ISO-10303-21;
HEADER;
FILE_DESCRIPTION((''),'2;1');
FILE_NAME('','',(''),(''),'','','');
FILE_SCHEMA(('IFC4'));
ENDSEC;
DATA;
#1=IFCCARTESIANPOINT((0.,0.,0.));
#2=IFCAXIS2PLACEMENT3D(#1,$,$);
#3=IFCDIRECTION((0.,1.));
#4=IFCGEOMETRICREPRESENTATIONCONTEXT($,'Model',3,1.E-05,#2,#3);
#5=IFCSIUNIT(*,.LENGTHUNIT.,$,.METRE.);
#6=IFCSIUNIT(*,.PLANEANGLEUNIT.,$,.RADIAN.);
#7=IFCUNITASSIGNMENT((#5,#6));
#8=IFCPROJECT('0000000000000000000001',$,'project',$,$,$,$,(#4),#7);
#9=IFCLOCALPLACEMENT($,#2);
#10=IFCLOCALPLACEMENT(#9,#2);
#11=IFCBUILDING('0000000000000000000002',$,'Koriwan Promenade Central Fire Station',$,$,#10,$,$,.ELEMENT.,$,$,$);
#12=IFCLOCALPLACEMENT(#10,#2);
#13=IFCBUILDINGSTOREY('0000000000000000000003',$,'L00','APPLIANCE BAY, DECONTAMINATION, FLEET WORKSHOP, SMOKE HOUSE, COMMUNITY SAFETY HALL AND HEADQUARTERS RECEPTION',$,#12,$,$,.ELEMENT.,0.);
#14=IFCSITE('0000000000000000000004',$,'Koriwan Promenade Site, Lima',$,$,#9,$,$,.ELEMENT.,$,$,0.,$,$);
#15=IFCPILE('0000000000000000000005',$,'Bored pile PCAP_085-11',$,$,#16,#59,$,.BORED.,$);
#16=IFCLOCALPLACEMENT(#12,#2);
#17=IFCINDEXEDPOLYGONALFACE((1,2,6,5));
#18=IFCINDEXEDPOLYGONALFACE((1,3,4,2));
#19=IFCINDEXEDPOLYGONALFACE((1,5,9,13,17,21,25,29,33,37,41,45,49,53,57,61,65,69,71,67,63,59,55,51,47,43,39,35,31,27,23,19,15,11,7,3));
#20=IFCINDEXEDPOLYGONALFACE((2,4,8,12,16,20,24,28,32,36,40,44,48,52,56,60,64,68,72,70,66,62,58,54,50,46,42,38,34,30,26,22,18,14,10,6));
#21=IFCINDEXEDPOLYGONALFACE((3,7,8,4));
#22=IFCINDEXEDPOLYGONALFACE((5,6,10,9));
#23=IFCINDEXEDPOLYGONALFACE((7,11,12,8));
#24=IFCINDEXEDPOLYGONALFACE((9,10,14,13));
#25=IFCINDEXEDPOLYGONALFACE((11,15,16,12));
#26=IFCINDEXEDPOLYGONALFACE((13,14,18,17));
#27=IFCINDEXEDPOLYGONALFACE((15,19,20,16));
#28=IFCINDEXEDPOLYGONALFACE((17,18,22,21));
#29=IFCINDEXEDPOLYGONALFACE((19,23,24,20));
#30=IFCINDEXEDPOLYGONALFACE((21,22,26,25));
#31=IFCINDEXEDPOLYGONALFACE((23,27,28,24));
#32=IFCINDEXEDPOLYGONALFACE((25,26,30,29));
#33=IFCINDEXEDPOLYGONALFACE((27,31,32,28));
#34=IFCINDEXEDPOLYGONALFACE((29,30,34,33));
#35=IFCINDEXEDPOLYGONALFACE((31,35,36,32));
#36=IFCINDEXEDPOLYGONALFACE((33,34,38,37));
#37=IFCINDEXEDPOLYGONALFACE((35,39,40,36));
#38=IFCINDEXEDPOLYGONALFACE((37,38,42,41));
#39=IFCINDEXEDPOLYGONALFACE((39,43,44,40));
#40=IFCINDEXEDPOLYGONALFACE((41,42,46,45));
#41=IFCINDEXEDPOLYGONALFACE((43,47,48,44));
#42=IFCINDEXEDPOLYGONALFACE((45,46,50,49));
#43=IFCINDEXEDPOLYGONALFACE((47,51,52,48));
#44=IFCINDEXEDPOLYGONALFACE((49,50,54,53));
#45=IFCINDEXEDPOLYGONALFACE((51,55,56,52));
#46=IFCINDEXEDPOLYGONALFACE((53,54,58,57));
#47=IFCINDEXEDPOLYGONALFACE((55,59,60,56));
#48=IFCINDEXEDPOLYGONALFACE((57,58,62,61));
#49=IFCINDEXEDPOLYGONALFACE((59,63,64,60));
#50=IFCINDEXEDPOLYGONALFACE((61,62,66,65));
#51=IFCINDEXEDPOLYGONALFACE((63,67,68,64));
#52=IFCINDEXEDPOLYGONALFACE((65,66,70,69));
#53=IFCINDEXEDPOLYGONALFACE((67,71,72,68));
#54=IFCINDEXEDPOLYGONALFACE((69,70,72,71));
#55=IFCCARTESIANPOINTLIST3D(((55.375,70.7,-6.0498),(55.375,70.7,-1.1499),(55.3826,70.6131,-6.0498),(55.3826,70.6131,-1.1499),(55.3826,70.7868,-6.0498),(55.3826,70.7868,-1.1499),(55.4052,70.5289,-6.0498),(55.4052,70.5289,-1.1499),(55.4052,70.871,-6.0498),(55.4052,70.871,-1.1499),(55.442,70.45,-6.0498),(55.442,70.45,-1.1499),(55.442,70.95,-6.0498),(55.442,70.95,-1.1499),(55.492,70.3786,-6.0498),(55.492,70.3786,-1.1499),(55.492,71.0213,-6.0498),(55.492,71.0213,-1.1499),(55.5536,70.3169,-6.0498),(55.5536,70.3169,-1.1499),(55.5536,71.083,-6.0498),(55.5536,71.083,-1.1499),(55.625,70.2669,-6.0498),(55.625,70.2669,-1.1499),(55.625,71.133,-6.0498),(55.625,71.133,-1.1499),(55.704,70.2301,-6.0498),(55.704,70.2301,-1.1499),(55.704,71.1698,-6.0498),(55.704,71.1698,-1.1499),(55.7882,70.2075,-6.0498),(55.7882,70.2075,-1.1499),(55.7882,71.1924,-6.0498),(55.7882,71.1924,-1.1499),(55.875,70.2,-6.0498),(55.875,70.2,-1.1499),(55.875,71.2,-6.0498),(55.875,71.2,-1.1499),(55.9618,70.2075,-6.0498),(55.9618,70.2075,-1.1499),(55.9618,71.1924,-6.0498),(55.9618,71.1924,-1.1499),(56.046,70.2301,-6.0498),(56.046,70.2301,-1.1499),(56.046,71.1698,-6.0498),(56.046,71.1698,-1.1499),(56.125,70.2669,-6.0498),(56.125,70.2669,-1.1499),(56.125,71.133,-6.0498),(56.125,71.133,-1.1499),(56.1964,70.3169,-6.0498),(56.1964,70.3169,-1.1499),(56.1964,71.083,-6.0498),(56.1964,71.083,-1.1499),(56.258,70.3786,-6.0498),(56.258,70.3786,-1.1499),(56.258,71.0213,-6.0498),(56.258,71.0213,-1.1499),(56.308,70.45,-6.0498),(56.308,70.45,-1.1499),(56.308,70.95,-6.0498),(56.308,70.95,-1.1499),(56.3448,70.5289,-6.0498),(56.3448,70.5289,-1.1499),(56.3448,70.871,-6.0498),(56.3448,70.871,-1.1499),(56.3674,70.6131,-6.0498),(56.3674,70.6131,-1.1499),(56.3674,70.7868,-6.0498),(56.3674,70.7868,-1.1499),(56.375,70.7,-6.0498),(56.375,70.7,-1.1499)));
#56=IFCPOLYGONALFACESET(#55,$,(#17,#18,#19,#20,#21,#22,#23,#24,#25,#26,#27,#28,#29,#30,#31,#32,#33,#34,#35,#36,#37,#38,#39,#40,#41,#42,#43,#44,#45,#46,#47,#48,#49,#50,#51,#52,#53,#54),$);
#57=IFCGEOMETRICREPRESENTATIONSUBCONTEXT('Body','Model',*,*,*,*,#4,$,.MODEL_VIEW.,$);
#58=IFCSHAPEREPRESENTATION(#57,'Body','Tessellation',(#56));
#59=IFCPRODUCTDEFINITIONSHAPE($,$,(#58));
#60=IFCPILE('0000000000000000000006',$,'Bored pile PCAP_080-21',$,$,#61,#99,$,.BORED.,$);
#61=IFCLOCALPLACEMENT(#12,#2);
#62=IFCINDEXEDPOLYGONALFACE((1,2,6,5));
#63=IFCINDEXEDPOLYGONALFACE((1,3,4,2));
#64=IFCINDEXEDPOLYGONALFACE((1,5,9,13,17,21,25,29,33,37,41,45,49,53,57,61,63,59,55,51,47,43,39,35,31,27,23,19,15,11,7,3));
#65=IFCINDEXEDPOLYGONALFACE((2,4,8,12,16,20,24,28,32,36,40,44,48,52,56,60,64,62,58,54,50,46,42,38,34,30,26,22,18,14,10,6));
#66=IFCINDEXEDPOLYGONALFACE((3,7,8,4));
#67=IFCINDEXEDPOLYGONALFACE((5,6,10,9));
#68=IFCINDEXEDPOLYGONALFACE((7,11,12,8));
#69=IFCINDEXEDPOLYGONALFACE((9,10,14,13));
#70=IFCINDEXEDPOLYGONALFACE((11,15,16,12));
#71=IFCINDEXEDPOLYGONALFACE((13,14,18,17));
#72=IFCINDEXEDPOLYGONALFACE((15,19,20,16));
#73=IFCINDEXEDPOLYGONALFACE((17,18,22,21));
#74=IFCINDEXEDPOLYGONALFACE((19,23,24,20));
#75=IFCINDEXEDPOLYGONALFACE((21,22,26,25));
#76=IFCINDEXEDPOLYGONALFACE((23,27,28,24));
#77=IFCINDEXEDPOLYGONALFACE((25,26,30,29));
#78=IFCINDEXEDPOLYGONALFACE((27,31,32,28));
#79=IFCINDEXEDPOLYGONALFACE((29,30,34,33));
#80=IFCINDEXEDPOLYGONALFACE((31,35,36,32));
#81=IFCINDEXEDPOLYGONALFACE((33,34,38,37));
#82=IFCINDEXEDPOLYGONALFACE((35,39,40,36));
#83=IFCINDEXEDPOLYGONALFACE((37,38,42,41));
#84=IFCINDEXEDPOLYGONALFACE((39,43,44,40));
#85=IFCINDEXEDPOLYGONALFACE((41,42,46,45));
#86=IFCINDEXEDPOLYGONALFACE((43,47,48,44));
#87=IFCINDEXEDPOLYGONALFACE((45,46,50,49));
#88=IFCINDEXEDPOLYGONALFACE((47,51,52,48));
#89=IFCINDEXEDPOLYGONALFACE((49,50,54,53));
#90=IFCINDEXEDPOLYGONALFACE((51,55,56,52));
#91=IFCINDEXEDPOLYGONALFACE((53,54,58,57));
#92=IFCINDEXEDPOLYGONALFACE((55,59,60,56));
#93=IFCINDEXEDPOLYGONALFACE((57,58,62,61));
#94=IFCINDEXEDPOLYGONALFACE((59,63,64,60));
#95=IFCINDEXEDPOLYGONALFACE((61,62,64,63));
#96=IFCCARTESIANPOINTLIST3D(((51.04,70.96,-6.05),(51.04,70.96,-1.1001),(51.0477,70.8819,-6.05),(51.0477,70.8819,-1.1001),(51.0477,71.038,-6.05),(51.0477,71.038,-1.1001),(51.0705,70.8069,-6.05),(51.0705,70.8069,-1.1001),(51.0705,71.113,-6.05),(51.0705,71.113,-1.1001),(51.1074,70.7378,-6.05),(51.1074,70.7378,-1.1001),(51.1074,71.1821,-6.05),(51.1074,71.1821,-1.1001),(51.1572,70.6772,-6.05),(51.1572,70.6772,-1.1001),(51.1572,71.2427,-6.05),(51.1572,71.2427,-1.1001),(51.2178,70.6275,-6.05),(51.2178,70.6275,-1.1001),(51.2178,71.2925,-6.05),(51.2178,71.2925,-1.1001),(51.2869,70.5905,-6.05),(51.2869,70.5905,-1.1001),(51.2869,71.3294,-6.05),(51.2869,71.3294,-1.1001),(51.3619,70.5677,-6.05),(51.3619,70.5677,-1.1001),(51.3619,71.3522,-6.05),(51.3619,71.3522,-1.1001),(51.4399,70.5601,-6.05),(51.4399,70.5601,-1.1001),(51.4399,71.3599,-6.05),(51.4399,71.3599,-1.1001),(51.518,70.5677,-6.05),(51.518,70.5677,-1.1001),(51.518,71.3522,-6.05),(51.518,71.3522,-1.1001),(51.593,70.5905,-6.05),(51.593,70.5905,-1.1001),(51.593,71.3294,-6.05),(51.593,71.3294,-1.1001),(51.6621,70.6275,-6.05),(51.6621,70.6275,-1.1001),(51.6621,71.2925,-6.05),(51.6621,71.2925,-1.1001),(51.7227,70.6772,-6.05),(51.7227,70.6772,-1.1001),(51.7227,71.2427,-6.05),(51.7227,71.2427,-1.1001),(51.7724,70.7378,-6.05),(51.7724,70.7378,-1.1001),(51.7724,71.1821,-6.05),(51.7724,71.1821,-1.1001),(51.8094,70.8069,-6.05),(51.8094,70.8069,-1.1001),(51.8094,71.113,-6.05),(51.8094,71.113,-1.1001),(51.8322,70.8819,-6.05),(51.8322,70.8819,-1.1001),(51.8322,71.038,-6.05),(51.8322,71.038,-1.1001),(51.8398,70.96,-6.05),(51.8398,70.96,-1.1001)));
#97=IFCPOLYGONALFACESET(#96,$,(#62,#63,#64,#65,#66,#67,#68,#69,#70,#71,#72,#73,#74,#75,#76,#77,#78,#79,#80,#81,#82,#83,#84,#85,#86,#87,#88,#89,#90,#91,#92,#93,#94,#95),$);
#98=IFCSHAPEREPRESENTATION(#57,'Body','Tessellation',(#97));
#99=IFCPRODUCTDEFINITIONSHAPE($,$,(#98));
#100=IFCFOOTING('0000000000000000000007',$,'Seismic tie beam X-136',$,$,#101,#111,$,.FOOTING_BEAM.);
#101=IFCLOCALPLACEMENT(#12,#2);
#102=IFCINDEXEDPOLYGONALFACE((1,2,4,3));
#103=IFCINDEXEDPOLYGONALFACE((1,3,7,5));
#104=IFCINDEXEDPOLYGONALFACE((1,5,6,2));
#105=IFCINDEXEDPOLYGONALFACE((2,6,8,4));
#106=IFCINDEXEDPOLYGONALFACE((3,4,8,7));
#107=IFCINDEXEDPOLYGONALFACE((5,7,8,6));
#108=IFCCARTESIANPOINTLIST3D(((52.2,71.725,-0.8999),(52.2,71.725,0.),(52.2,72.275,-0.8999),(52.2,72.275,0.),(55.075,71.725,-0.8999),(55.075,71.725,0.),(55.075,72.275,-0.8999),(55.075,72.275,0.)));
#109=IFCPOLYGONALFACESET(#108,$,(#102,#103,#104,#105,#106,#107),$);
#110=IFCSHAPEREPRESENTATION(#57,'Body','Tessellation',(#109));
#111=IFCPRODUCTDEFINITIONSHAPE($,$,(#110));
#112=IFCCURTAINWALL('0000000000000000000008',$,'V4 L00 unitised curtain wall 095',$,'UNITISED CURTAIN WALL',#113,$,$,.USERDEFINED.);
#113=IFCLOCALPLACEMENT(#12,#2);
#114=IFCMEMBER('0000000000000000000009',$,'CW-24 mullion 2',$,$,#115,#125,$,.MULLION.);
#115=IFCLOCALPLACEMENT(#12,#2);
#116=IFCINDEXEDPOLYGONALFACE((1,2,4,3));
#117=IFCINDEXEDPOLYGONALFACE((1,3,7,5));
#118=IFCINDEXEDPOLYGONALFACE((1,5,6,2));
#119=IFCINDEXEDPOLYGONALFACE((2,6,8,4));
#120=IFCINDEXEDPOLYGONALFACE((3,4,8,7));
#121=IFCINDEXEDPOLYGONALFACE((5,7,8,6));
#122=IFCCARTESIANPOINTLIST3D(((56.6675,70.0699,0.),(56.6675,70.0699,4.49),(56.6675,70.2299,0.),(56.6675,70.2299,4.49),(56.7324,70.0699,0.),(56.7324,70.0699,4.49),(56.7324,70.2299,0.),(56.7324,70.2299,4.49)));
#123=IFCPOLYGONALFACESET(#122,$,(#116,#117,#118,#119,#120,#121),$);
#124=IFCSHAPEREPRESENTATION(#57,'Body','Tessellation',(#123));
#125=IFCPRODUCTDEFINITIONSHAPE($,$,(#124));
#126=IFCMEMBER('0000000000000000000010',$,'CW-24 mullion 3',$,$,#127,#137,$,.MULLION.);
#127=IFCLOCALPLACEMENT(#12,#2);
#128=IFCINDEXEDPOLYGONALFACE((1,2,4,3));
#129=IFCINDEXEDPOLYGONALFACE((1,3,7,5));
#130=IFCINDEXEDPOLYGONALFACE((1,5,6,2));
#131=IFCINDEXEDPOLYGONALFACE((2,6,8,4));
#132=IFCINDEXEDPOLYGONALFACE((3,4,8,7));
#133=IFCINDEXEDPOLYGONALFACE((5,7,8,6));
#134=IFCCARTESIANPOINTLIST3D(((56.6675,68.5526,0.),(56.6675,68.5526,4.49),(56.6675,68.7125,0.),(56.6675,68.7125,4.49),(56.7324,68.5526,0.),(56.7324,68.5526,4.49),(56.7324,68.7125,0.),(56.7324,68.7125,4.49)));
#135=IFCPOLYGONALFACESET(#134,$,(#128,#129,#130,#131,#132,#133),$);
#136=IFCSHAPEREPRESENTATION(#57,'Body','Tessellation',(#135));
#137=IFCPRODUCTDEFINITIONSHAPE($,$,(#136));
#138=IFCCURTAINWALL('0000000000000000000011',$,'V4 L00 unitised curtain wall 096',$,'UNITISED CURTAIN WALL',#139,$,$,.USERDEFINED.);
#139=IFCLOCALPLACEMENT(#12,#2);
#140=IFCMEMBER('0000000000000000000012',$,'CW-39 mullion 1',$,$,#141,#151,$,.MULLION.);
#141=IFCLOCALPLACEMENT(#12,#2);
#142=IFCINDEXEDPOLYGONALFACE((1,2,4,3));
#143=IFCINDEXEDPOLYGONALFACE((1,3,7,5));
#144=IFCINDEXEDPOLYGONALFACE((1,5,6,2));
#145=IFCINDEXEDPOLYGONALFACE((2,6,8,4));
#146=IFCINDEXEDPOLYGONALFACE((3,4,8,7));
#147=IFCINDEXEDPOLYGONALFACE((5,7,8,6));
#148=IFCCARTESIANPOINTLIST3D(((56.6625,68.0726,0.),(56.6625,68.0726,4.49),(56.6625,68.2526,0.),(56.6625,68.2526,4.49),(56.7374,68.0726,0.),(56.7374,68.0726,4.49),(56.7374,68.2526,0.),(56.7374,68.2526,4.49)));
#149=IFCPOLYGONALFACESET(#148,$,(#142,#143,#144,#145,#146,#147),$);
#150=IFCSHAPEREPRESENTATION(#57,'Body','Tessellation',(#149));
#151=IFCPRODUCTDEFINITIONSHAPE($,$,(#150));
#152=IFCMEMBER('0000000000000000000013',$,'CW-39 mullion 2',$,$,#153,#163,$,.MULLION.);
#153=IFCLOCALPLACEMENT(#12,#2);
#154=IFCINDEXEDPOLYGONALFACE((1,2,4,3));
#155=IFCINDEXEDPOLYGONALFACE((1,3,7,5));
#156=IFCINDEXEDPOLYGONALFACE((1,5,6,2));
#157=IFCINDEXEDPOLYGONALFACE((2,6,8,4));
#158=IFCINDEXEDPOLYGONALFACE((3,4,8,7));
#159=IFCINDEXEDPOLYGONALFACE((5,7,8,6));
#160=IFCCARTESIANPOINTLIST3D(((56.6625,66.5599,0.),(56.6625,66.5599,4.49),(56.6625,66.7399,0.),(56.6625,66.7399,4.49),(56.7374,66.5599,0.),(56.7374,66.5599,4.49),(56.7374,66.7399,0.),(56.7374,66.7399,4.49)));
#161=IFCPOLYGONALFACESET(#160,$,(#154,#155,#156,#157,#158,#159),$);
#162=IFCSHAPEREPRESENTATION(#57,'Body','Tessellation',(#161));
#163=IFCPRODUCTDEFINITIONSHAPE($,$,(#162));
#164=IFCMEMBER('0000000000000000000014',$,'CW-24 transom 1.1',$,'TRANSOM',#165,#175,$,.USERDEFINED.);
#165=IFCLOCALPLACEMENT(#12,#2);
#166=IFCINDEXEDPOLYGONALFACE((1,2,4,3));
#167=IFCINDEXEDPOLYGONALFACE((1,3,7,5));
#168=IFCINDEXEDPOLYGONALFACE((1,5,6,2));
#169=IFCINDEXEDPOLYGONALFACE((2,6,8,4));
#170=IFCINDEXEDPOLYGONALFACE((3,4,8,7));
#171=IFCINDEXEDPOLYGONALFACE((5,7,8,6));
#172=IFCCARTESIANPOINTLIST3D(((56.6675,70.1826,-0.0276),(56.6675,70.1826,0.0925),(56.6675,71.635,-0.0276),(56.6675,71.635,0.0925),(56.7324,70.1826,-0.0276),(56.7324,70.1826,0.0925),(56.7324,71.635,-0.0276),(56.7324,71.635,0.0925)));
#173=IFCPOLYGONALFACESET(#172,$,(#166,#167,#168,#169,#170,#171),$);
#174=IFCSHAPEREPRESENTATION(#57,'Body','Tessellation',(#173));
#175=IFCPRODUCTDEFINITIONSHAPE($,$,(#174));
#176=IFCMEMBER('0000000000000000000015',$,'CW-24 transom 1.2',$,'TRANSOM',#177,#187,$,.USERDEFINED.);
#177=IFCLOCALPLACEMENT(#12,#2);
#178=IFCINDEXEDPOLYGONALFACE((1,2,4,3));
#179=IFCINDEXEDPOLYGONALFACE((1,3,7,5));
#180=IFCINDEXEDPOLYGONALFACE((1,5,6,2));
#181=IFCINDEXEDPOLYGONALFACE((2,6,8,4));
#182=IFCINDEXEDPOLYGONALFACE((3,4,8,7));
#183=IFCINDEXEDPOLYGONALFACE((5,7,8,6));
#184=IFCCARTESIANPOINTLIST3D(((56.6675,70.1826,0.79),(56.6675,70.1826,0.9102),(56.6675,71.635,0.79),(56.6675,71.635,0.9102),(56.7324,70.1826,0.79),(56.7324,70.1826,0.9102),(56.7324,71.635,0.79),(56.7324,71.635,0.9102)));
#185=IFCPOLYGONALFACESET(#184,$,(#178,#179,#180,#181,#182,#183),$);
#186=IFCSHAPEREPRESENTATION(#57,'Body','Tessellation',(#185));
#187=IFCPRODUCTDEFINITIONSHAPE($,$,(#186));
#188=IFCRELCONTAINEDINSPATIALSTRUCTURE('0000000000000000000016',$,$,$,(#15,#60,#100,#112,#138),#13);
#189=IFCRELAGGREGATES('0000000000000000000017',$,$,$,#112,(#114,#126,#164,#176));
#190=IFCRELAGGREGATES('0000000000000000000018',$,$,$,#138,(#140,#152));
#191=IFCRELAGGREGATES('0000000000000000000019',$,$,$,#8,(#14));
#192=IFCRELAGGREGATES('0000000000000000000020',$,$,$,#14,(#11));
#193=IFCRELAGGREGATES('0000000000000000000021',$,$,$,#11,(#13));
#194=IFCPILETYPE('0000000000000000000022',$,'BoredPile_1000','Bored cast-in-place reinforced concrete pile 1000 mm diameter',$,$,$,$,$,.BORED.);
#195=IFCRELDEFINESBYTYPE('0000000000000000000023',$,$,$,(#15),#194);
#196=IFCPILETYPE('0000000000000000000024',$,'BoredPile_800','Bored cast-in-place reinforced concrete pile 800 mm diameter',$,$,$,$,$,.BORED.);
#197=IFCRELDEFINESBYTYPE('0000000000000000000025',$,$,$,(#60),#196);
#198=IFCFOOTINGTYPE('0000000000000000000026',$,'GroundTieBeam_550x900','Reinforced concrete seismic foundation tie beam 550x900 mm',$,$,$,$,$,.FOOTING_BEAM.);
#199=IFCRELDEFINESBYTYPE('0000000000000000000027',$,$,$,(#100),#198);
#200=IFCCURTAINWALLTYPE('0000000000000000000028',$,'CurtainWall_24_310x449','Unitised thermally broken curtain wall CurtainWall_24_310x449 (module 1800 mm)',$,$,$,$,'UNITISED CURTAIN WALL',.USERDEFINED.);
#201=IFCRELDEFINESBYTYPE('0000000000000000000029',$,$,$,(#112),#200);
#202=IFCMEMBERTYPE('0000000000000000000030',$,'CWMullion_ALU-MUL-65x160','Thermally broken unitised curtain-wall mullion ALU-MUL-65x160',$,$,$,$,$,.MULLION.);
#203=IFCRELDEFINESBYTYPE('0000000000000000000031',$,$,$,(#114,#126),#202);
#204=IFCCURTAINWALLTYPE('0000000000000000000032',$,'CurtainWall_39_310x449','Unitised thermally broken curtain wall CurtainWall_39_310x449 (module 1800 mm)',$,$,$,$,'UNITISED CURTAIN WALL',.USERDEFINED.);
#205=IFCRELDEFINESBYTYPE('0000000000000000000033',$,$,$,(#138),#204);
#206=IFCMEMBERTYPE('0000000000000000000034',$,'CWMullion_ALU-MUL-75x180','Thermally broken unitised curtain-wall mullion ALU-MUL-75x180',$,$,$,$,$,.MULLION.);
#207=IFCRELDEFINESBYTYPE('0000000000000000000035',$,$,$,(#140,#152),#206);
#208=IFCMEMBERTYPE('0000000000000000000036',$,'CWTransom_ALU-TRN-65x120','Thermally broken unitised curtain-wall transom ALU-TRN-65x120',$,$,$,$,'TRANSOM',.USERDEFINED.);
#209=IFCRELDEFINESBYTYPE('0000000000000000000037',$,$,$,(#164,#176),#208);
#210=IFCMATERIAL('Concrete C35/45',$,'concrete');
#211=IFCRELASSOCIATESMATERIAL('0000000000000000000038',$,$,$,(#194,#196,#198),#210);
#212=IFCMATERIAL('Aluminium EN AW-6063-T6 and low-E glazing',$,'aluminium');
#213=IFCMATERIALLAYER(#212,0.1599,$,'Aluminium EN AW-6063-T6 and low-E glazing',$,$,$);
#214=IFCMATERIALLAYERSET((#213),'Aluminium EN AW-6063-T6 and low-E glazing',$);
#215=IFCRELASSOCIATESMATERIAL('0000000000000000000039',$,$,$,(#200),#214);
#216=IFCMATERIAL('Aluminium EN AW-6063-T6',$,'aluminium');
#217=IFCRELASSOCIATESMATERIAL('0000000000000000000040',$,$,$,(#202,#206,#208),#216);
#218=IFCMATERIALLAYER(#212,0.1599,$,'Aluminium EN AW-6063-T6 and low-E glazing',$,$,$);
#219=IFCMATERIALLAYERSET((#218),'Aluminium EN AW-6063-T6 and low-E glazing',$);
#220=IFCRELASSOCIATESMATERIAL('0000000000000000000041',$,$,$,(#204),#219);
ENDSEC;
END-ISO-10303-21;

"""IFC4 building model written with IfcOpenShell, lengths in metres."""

from ifc_helpers import new_model, si_unit, direction, frame, origin, origin_2d, place, context, subcontext, project, spatial, rectangle, circle, extrude, material, layer, layer_set, material_profile, profile_set, type_object, element, aggregate, save


model = new_model("IFC4")

# Units and contexts
model_context = context("Model", 3, precision=1e-05, world=origin(), true_north=direction((0.0, 1.0)))
body_context = subcontext(model_context, "Body", "Model", "MODEL_VIEW")
ifc_project = project(units=[si_unit("LENGTHUNIT", "METRE"), si_unit("PLANEANGLEUNIT", "RADIAN")], contexts=[model_context])

# Site, building, storey
site_placement = place(None, origin())
site = spatial("IfcSite", under=ifc_project, at=site_placement, Name="Koriwan Promenade Site, Lima", CompositionType="ELEMENT", RefElevation=0.0)
building_placement = place(site_placement, origin())
building = spatial("IfcBuilding", under=site, at=building_placement, Name="Koriwan Promenade Central Fire Station", CompositionType="ELEMENT")
storey_placement = place(building_placement, origin())
storey = spatial("IfcBuildingStorey", under=building, at=storey_placement, Name="L00", Description="APPLIANCE BAY, DECONTAMINATION, FLEET WORKSHOP, SMOKE HOUSE, COMMUNITY SAFETY HALL AND HEADQUARTERS RECEPTION", CompositionType="ELEMENT", Elevation=0.0)

# Piles
ifc_material_1 = material(Name="Concrete C35/45", Category="concrete")
ifc_material_profile_1 = material_profile(ifc_material_1, circle(Radius=0.5, at=origin_2d()), Name="PILE-D1000")
ifc_profile_set_1 = profile_set([ifc_material_profile_1], Name="Concrete C35/45")
pile_type_1 = type_object("IfcPileType", Name="BoredPile_1000", Description="Bored cast-in-place reinforced concrete pile 1000 mm diameter", PredefinedType="BORED", material=ifc_profile_set_1)
pile_1_placement = place(storey_placement, frame((55.875, 70.7, -1.1499), z_axis=(0.0, 0.0, -1.0), x_axis=(1.0, 0.0, 0.0)))
element("IfcPile", 1, at=pile_1_placement, inside=storey, type_object=pile_type_1, Name="Bored pile PCAP_085-11", PredefinedType="BORED", context=body_context, shape_type="SweptSolid", body=[
    extrude(circle(Radius=0.5, at=origin_2d()), origin(), (0.0, 0.0, 1.0), 4.8999),
])
ifc_material_profile_2 = material_profile(ifc_material_1, circle(Radius=0.3999, at=origin_2d()), Name="PILE-D800")
ifc_profile_set_2 = profile_set([ifc_material_profile_2], Name="Concrete C35/45")
pile_type_2 = type_object("IfcPileType", Name="BoredPile_800", Description="Bored cast-in-place reinforced concrete pile 800 mm diameter", PredefinedType="BORED", material=ifc_profile_set_2)
pile_2_placement = place(storey_placement, frame((51.4399, 70.96, -1.1001), z_axis=(0.0, 0.0, -1.0), x_axis=(1.0, 0.0, 0.0)))
element("IfcPile", 2, at=pile_2_placement, inside=storey, type_object=pile_type_2, Name="Bored pile PCAP_080-21", PredefinedType="BORED", context=body_context, shape_type="SweptSolid", body=[
    extrude(circle(Radius=0.3999, at=origin_2d()), origin(), (0.0, 0.0, 1.0), 4.95),
])

# Footing
footing_type = type_object("IfcFootingType", Name="GroundTieBeam_550x900", Description="Reinforced concrete seismic foundation tie beam 550x900 mm", PredefinedType="FOOTING_BEAM", material=ifc_material_1)
footing_placement = place(storey_placement, frame((53.6375, 72.0, -0.8999), z_axis=(0.0, 0.0, 1.0), x_axis=(1.0, 0.0, 0.0)))
element("IfcFooting", 3, at=footing_placement, inside=storey, type_object=footing_type, Name="Seismic tie beam X-136", PredefinedType="FOOTING_BEAM", context=body_context, shape_type="SweptSolid", body=[
    extrude(rectangle(XDim=2.875, YDim=0.55, at=origin_2d()), origin(), (0.0, 0.0, 1.0), 0.8999),
])

# Curtain walls, members
ifc_material_2 = material(Name="Aluminium EN AW-6063-T6 and low-E glazing", Category="aluminium")
ifc_layer_1 = layer(ifc_material_2, 0.1599, Name="Aluminium EN AW-6063-T6 and low-E glazing")
ifc_layer_set_1 = layer_set([ifc_layer_1], Name="Aluminium EN AW-6063-T6 and low-E glazing")
curtain_wall_type_1 = type_object("IfcCurtainWallType", Name="CurtainWall_24_310x449", Description="Unitised thermally broken curtain wall CurtainWall_24_310x449 (module 1800 mm)", ElementType="UNITISED CURTAIN WALL", PredefinedType="USERDEFINED", material=ifc_layer_set_1)
curtain_wall_1_placement = place(storey_placement, origin())
curtain_wall_1 = element("IfcCurtainWall", 4, at=curtain_wall_1_placement, inside=storey, type_object=curtain_wall_type_1, Name="V4 L00 unitised curtain wall 095", ObjectType="UNITISED CURTAIN WALL", PredefinedType="USERDEFINED")
ifc_material_3 = material(Name="Aluminium EN AW-6063-T6", Category="aluminium")
ifc_material_profile_3 = material_profile(ifc_material_3, rectangle(XDim=0.0649, YDim=0.1599, at=origin_2d()), Name="ALU-MUL-65x160")
ifc_profile_set_3 = profile_set([ifc_material_profile_3], Name="Aluminium EN AW-6063-T6")
member_type_1 = type_object("IfcMemberType", Name="CWMullion_ALU-MUL-65x160", Description="Thermally broken unitised curtain-wall mullion ALU-MUL-65x160", PredefinedType="MULLION", material=ifc_profile_set_3)
member_1_placement = place(storey_placement, frame((56.7, 70.1499, 0.0), z_axis=(0.0, 0.0, 1.0), x_axis=(1.0, 0.0, 0.0)))
member_1 = element("IfcMember", 5, at=member_1_placement, type_object=member_type_1, Name="CW-24 mullion 2", PredefinedType="MULLION", context=body_context, shape_type="SweptSolid", body=[
    extrude(rectangle(XDim=0.0649, YDim=0.1599, at=origin_2d()), origin(), (0.0, 0.0, 1.0), 4.49),
])
member_2_placement = place(storey_placement, frame((56.7, 68.6326, 0.0), z_axis=(0.0, 0.0, 1.0), x_axis=(1.0, 0.0, 0.0)))
member_2 = element("IfcMember", 6, at=member_2_placement, type_object=member_type_1, Name="CW-24 mullion 3", PredefinedType="MULLION", context=body_context, shape_type="SweptSolid", body=[
    extrude(rectangle(XDim=0.0649, YDim=0.1599, at=origin_2d()), origin(), (0.0, 0.0, 1.0), 4.49),
])
ifc_layer_2 = layer(ifc_material_2, 0.1599, Name="Aluminium EN AW-6063-T6 and low-E glazing")
ifc_layer_set_2 = layer_set([ifc_layer_2], Name="Aluminium EN AW-6063-T6 and low-E glazing")
curtain_wall_type_2 = type_object("IfcCurtainWallType", Name="CurtainWall_39_310x449", Description="Unitised thermally broken curtain wall CurtainWall_39_310x449 (module 1800 mm)", ElementType="UNITISED CURTAIN WALL", PredefinedType="USERDEFINED", material=ifc_layer_set_2)
curtain_wall_2_placement = place(storey_placement, origin())
curtain_wall_2 = element("IfcCurtainWall", 7, at=curtain_wall_2_placement, inside=storey, type_object=curtain_wall_type_2, Name="V4 L00 unitised curtain wall 096", ObjectType="UNITISED CURTAIN WALL", PredefinedType="USERDEFINED")
ifc_material_profile_4 = material_profile(ifc_material_3, rectangle(XDim=0.075, YDim=0.1799, at=origin_2d()), Name="ALU-MUL-75x180")
ifc_profile_set_4 = profile_set([ifc_material_profile_4], Name="Aluminium EN AW-6063-T6")
member_type_2 = type_object("IfcMemberType", Name="CWMullion_ALU-MUL-75x180", Description="Thermally broken unitised curtain-wall mullion ALU-MUL-75x180", PredefinedType="MULLION", material=ifc_profile_set_4)
member_3_placement = place(storey_placement, frame((56.7, 68.1626, 0.0), z_axis=(0.0, 0.0, 1.0), x_axis=(1.0, 0.0, 0.0)))
member_3 = element("IfcMember", 8, at=member_3_placement, type_object=member_type_2, Name="CW-39 mullion 1", PredefinedType="MULLION", context=body_context, shape_type="SweptSolid", body=[
    extrude(rectangle(XDim=0.075, YDim=0.1799, at=origin_2d()), origin(), (0.0, 0.0, 1.0), 4.49),
])
member_4_placement = place(storey_placement, frame((56.7, 66.6499, 0.0), z_axis=(0.0, 0.0, 1.0), x_axis=(1.0, 0.0, 0.0)))
member_4 = element("IfcMember", 9, at=member_4_placement, type_object=member_type_2, Name="CW-39 mullion 2", PredefinedType="MULLION", context=body_context, shape_type="SweptSolid", body=[
    extrude(rectangle(XDim=0.075, YDim=0.1799, at=origin_2d()), origin(), (0.0, 0.0, 1.0), 4.49),
])

# Members
ifc_material_profile_5 = material_profile(ifc_material_3, rectangle(XDim=0.0649, YDim=0.1201, at=origin_2d()), Name="ALU-TRN-65x120")
ifc_profile_set_5 = profile_set([ifc_material_profile_5], Name="Aluminium EN AW-6063-T6")
member_type_3 = type_object("IfcMemberType", Name="CWTransom_ALU-TRN-65x120", Description="Thermally broken unitised curtain-wall transom ALU-TRN-65x120", ElementType="TRANSOM", PredefinedType="USERDEFINED", material=ifc_profile_set_5)
member_5_placement = place(storey_placement, frame((56.7, 71.635, 0.0325), z_axis=(0.0, -1.0, 0.0), x_axis=(1.0, 0.0, 0.0)))
member_5 = element("IfcMember", 10, at=member_5_placement, type_object=member_type_3, Name="CW-24 transom 1.1", ObjectType="TRANSOM", PredefinedType="USERDEFINED", context=body_context, shape_type="SweptSolid", body=[
    extrude(rectangle(XDim=0.0649, YDim=0.1201, at=origin_2d()), origin(), (0.0, 0.0, 1.0), 1.4524),
])
member_6_placement = place(storey_placement, frame((56.7, 71.635, 0.8501), z_axis=(0.0, -1.0, 0.0), x_axis=(1.0, 0.0, 0.0)))
member_6 = element("IfcMember", 11, at=member_6_placement, type_object=member_type_3, Name="CW-24 transom 1.2", ObjectType="TRANSOM", PredefinedType="USERDEFINED", context=body_context, shape_type="SweptSolid", body=[
    extrude(rectangle(XDim=0.0649, YDim=0.1201, at=origin_2d()), origin(), (0.0, 0.0, 1.0), 1.4524),
])

aggregate(curtain_wall_1, [member_1, member_2, member_5, member_6])
aggregate(curtain_wall_2, [member_3, member_4])

save(model, "model.ifc")
